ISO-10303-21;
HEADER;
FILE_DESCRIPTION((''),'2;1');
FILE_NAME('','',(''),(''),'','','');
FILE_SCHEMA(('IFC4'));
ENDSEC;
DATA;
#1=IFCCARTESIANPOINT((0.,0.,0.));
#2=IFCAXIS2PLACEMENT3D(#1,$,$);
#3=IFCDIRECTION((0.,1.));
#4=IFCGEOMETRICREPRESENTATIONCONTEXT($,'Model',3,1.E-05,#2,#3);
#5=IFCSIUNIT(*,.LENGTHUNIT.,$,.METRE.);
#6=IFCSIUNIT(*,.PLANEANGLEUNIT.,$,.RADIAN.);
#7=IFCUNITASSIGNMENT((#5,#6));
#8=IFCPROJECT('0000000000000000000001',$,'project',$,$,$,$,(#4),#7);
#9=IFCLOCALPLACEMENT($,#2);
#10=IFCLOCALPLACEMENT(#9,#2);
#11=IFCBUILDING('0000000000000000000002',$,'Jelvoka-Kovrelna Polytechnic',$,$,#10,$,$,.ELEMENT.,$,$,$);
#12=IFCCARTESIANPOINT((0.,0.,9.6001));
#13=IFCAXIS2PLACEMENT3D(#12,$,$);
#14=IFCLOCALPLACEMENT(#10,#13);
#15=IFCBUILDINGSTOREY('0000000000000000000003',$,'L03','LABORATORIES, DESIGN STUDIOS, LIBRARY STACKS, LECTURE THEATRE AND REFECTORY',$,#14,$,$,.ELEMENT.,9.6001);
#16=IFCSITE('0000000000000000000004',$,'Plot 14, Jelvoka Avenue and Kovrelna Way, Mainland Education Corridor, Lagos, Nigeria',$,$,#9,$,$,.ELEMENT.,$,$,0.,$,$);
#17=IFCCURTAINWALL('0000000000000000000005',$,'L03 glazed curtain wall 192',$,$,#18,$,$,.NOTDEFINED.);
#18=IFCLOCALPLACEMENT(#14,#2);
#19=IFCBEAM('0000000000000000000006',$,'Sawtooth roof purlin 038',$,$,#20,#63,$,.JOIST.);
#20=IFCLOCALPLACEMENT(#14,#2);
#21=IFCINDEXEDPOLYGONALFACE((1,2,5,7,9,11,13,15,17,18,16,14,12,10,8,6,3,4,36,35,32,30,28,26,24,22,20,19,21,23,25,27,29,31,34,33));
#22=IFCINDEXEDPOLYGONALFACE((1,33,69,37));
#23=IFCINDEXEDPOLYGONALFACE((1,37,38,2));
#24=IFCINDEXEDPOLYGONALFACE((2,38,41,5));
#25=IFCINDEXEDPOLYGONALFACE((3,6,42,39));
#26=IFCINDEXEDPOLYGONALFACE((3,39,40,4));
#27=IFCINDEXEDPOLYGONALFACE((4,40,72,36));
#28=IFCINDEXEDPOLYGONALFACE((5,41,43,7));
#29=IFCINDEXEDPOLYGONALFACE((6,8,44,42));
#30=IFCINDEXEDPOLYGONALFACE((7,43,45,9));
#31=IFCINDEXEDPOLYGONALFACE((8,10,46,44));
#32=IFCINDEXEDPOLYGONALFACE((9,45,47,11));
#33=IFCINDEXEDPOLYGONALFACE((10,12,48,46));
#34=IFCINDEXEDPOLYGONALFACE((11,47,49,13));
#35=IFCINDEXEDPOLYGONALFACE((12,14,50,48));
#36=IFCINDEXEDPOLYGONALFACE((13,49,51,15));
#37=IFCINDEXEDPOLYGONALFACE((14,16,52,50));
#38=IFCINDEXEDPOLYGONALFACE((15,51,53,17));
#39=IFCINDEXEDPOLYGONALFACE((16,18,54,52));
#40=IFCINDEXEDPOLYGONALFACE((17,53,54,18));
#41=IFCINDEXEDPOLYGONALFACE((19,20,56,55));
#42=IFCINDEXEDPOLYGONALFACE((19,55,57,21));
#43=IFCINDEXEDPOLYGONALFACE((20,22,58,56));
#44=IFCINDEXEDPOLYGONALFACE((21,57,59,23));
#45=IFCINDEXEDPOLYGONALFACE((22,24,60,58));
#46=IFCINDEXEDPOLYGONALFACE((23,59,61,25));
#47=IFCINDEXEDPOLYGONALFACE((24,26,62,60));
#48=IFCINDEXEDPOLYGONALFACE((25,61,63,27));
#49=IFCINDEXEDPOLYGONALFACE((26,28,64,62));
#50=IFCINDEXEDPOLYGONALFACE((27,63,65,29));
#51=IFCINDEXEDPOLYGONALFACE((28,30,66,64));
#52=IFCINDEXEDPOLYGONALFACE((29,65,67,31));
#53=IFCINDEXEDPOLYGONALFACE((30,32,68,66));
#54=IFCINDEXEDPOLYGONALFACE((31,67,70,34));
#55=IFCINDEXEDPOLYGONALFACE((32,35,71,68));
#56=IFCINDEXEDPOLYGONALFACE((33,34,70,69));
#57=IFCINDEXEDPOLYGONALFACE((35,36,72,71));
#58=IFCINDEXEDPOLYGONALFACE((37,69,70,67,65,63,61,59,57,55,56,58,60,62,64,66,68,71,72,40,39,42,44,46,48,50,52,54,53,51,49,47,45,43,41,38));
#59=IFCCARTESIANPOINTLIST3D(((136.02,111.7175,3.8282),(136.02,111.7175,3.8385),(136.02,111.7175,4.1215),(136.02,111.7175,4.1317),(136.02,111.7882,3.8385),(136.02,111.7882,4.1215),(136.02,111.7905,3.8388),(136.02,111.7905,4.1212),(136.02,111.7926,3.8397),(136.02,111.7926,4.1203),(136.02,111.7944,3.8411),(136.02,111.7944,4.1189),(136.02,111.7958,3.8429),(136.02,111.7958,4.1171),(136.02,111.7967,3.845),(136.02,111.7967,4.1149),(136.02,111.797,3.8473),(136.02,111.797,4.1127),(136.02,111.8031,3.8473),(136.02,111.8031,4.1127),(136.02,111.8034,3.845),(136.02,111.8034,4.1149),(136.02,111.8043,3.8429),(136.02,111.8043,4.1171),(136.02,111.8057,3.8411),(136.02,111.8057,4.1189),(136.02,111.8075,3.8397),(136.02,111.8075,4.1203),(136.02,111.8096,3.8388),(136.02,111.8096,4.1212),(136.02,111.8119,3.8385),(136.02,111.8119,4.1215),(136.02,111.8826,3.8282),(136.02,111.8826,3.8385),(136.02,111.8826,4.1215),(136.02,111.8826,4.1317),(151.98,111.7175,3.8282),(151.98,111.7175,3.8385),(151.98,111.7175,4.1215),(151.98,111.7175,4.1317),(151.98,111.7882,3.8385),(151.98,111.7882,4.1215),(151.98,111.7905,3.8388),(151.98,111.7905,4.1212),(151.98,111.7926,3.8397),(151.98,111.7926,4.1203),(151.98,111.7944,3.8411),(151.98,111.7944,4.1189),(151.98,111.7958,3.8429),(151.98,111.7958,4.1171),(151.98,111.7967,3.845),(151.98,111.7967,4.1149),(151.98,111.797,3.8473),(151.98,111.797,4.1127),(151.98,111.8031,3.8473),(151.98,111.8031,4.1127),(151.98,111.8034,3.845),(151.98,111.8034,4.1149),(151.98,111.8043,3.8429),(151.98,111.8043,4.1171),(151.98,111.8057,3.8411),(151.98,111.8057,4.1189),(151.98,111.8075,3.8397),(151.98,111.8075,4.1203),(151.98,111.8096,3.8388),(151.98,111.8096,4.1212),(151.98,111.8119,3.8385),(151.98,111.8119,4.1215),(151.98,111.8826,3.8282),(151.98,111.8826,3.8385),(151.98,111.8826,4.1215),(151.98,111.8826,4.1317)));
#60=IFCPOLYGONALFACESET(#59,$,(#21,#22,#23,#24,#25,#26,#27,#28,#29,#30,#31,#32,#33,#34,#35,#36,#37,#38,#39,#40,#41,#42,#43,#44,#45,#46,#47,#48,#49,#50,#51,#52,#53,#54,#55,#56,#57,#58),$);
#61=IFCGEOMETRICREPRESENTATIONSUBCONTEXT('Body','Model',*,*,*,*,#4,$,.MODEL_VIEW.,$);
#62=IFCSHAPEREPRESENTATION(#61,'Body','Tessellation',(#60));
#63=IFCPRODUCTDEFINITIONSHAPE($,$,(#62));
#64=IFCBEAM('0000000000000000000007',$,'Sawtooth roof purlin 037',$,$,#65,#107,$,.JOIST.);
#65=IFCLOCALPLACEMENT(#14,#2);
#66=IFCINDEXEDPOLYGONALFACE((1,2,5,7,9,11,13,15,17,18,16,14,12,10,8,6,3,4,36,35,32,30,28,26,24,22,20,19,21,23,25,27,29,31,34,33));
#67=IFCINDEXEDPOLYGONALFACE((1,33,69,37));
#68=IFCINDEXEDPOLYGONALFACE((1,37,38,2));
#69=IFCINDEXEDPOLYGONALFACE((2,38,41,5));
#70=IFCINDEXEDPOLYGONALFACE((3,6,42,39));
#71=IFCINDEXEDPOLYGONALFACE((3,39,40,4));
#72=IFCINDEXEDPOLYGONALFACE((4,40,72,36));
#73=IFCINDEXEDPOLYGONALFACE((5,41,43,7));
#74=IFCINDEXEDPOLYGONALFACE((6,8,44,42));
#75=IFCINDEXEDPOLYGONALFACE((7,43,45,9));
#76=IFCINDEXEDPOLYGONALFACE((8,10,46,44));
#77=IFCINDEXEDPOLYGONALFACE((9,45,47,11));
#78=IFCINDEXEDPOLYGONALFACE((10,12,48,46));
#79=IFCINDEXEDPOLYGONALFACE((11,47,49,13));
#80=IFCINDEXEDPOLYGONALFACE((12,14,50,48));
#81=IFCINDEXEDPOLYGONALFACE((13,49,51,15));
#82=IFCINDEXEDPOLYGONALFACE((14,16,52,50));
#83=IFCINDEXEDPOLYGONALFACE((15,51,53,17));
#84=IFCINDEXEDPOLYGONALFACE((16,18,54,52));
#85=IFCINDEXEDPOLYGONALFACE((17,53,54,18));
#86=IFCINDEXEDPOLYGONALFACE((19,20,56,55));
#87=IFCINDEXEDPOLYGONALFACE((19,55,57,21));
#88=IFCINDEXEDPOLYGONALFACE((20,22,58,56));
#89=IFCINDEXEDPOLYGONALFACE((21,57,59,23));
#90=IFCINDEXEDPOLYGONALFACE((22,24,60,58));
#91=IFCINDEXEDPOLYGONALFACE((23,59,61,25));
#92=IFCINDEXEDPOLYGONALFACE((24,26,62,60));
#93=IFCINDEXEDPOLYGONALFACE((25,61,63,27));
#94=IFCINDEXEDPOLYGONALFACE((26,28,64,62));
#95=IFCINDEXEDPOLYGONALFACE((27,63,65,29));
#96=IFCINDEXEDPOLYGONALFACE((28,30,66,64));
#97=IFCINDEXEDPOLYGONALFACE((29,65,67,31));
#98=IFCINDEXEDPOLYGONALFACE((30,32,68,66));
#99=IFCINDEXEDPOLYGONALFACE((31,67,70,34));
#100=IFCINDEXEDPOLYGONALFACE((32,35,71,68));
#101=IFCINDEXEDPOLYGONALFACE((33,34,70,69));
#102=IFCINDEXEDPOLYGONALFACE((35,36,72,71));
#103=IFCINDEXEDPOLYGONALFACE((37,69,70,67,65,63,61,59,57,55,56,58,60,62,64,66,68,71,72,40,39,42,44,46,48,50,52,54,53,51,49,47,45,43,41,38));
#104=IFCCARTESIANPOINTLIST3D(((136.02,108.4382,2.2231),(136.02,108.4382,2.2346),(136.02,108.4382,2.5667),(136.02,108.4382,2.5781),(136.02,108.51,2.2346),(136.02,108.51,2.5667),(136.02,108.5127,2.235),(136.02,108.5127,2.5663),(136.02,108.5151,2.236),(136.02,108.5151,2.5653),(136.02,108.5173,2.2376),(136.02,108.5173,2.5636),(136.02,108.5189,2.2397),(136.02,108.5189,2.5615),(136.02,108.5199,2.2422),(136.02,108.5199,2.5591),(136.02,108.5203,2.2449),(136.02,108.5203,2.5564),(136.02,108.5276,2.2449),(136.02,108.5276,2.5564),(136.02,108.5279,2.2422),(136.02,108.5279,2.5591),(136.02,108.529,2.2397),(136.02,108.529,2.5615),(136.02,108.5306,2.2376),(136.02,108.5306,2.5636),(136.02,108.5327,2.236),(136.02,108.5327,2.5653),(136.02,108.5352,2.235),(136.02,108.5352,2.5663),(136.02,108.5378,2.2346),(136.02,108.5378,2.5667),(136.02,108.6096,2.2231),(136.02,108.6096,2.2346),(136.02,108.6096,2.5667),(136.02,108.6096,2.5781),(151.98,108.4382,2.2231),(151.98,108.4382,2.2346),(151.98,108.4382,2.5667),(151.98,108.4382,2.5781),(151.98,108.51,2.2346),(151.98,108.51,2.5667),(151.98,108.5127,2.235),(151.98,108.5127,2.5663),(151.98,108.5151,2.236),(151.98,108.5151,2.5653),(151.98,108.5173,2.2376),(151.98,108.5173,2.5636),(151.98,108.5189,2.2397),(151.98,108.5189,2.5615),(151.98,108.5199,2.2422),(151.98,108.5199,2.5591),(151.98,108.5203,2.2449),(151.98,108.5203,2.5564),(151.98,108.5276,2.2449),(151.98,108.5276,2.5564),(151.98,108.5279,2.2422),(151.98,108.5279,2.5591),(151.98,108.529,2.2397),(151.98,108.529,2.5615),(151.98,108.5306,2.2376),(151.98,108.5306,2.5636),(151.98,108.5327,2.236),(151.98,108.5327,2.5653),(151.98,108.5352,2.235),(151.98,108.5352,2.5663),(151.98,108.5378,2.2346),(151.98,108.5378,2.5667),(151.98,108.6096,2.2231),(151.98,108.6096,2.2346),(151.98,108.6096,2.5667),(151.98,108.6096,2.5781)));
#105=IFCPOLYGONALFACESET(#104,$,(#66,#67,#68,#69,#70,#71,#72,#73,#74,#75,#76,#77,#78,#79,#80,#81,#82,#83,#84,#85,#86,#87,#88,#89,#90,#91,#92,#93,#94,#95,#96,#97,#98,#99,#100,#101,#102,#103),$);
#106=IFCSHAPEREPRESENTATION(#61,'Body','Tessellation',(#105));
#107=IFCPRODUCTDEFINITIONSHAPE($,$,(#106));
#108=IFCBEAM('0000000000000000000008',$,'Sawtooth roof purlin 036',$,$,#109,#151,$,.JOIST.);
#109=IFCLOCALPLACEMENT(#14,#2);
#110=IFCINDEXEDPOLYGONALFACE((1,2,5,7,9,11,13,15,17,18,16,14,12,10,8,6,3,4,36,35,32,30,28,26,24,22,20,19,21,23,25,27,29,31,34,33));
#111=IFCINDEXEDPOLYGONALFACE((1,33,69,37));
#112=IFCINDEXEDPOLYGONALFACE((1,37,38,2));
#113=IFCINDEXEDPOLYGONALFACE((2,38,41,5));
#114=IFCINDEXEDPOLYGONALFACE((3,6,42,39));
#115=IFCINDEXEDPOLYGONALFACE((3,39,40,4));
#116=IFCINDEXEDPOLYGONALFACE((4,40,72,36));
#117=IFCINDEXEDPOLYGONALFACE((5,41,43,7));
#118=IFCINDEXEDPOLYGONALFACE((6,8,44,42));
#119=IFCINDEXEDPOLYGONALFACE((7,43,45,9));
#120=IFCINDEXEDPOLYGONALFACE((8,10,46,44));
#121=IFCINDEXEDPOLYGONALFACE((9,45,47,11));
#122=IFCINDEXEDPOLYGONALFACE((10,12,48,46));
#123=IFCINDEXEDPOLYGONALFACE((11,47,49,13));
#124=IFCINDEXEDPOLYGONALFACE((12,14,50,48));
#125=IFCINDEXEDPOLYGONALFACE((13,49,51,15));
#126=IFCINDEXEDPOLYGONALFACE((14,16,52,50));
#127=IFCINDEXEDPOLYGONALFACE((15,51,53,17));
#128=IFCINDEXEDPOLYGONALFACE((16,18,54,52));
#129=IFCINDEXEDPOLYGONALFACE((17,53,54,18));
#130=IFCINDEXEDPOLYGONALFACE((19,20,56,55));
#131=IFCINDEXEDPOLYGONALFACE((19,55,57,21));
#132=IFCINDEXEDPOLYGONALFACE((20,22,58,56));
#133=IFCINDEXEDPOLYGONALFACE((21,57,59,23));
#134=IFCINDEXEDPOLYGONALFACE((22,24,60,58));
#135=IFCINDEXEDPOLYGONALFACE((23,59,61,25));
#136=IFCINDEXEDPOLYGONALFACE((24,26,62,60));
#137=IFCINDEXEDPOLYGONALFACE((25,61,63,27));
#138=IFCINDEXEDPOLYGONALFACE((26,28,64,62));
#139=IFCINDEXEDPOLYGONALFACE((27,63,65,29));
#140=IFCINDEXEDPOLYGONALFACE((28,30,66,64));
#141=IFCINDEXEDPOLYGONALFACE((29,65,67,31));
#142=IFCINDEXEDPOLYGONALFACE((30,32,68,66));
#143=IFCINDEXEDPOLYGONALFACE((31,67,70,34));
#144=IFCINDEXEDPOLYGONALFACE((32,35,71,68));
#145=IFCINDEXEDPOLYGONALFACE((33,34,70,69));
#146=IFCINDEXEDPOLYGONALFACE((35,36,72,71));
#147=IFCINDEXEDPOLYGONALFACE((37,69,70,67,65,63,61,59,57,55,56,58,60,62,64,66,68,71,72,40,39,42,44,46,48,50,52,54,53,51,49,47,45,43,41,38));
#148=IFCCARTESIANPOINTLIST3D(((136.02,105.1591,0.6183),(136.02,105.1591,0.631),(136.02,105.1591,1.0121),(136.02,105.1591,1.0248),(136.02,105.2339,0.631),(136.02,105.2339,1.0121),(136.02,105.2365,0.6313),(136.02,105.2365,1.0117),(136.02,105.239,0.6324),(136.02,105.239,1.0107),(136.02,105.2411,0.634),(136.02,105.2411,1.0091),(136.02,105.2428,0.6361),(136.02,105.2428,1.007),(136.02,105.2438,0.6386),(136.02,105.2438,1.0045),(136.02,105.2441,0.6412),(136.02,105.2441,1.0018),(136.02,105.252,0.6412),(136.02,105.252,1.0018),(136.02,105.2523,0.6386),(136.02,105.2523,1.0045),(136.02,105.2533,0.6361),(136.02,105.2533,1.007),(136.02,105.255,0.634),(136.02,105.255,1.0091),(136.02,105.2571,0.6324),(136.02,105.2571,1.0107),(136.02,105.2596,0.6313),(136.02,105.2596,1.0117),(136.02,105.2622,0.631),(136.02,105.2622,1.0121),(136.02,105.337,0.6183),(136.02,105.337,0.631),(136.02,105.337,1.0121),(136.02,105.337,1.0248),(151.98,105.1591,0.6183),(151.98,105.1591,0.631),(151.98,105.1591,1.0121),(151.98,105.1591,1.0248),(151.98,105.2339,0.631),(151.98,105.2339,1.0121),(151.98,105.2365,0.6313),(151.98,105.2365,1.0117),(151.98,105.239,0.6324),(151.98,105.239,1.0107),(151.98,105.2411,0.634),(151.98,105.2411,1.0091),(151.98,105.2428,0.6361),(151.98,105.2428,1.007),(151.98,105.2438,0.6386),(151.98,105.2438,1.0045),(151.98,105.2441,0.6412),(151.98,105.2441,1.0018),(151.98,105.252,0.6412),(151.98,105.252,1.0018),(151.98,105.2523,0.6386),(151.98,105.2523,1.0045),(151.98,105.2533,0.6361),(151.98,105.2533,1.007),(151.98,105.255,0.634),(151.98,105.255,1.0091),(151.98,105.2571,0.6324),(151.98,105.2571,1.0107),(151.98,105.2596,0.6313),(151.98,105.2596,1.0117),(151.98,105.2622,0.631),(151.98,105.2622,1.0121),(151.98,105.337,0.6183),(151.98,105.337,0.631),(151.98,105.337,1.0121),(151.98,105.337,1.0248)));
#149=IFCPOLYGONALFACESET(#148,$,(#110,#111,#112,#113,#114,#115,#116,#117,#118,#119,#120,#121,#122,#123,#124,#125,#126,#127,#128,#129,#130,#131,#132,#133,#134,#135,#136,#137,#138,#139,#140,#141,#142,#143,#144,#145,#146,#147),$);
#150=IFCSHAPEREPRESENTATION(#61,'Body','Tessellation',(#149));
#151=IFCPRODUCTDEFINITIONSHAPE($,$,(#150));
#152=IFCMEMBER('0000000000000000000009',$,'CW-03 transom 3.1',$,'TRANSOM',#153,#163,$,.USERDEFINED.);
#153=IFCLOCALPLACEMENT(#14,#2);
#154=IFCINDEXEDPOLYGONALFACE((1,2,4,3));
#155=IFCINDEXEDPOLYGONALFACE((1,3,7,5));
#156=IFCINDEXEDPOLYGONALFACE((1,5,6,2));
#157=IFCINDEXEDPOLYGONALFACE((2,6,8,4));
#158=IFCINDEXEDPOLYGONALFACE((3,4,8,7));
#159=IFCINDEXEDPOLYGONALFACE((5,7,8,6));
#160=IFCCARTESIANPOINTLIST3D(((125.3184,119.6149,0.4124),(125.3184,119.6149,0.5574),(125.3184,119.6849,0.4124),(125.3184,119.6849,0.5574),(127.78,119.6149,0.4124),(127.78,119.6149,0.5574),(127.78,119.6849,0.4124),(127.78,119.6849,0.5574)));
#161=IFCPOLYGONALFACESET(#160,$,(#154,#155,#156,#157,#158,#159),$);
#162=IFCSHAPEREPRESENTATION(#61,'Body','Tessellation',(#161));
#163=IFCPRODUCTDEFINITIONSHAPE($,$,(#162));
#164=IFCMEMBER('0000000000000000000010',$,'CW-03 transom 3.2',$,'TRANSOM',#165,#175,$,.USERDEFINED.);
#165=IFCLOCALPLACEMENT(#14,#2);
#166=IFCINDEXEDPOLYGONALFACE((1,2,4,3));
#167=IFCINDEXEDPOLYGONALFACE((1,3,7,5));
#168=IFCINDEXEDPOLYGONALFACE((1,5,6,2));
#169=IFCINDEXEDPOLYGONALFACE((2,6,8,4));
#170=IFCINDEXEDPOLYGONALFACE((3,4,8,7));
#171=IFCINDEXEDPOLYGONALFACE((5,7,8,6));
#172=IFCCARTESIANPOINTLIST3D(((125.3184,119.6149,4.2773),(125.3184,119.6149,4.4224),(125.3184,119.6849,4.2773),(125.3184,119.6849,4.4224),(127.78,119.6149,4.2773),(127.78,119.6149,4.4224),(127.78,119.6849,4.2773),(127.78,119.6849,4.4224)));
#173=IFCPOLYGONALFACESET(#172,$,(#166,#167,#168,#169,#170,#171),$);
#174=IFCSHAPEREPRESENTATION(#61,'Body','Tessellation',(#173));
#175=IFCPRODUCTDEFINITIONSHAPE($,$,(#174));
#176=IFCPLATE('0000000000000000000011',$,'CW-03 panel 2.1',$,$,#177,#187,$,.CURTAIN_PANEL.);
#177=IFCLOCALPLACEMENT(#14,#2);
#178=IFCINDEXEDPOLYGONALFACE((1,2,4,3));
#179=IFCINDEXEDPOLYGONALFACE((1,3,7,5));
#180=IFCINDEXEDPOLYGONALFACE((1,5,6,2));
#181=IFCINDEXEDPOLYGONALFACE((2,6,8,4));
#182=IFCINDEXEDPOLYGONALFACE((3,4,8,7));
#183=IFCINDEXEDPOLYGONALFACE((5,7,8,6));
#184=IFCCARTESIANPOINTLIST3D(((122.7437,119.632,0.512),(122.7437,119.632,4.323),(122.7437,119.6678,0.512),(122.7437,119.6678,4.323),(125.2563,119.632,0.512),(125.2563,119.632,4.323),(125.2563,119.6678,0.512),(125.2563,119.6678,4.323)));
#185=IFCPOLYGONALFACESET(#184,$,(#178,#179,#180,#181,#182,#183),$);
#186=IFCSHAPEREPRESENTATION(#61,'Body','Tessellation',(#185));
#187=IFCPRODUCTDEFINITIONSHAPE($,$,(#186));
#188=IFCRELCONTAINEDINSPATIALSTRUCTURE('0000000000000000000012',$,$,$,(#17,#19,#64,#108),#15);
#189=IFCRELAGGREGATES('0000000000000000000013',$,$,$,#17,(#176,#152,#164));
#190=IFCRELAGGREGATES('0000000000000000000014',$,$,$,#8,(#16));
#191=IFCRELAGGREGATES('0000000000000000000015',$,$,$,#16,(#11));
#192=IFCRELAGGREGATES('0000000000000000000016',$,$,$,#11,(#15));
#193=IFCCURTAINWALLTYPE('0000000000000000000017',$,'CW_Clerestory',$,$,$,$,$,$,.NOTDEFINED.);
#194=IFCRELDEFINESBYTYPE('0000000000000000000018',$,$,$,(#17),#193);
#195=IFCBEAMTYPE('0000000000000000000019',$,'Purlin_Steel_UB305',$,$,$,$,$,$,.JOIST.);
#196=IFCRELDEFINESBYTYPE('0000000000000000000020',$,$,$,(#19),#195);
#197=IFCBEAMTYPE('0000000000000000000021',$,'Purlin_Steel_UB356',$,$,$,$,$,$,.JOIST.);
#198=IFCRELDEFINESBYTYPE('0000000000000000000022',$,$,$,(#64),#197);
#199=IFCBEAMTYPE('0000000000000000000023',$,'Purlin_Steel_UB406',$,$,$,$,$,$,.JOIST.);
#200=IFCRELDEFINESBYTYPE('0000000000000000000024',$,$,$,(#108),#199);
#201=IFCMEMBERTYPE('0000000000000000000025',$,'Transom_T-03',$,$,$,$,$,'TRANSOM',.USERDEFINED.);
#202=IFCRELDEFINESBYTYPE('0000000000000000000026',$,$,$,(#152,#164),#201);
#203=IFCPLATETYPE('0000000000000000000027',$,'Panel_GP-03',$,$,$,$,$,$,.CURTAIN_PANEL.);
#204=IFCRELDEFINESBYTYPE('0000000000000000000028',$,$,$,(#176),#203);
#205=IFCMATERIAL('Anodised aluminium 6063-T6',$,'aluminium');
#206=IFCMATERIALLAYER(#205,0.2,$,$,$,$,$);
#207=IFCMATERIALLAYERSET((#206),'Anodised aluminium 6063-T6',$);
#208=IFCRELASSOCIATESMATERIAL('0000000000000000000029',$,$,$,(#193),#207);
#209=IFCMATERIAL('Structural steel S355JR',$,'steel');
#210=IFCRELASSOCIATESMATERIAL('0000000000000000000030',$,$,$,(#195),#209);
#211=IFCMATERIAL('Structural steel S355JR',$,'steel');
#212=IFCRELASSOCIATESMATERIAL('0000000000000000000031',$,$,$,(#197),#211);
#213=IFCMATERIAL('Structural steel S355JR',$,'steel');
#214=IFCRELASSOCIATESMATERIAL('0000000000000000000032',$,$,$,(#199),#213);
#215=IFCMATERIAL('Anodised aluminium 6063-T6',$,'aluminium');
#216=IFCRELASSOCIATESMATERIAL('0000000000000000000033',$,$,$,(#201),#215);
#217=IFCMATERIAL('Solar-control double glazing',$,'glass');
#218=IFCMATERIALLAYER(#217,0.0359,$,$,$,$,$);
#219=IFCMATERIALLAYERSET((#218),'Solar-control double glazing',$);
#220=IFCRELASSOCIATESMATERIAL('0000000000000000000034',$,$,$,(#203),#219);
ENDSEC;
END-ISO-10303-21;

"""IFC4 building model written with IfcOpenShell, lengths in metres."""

from ifc_helpers import new_model, si_unit, direction, frame, origin, origin_2d, place, context, subcontext, project, spatial, rectangle, i_section, extrude, material, layer, layer_set, material_profile, profile_set, type_object, element, aggregate, save


model = new_model("IFC4")

# Units and contexts
model_context = context("Model", 3, precision=1e-05, world=origin(), true_north=direction((0.0, 1.0)))
body_context = subcontext(model_context, "Body", "Model", "MODEL_VIEW")
ifc_project = project(units=[si_unit("LENGTHUNIT", "METRE"), si_unit("PLANEANGLEUNIT", "RADIAN")], contexts=[model_context])

# Site, building, storey
site_placement = place(None, origin())
site = spatial("IfcSite", under=ifc_project, at=site_placement, Name="Plot 14, Jelvoka Avenue and Kovrelna Way, Mainland Education Corridor, Lagos, Nigeria", CompositionType="ELEMENT", RefElevation=0.0)
building_placement = place(site_placement, origin())
building = spatial("IfcBuilding", under=site, at=building_placement, Name="Jelvoka-Kovrelna Polytechnic", CompositionType="ELEMENT")
storey_placement = place(building_placement, frame((0.0, 0.0, 9.6001)))
storey = spatial("IfcBuildingStorey", under=building, at=storey_placement, Name="L03", Description="LABORATORIES, DESIGN STUDIOS, LIBRARY STACKS, LECTURE THEATRE AND REFECTORY", CompositionType="ELEMENT", Elevation=9.6001)

# Curtain wall
ifc_material_1 = material(Name="Anodised aluminium 6063-T6", Category="aluminium")
ifc_layer_1 = layer(ifc_material_1, 0.2)
ifc_layer_set_1 = layer_set([ifc_layer_1], Name="Anodised aluminium 6063-T6")
curtain_wall_type = type_object("IfcCurtainWallType", Name="CW_Clerestory", PredefinedType="NOTDEFINED", material=ifc_layer_set_1)
curtain_wall_placement = place(storey_placement, origin())
curtain_wall = element("IfcCurtainWall", 1, at=curtain_wall_placement, inside=storey, type_object=curtain_wall_type, Name="L03 glazed curtain wall 192", PredefinedType="NOTDEFINED")

# Beams
ifc_material_2 = material(Name="Structural steel S355JR", Category="steel")
ifc_material_profile_1 = material_profile(ifc_material_2, i_section(OverallWidth=0.165, OverallDepth=0.3035, WebThickness=0.0061, FlangeThickness=0.0103, FilletRadius=0.0088, at=origin_2d()), Name="305x165x40 UB")
ifc_profile_set_1 = profile_set([ifc_material_profile_1], Name="Structural steel S355JR")
beam_type_1 = type_object("IfcBeamType", Name="Purlin_Steel_UB305", PredefinedType="JOIST", material=ifc_profile_set_1)
beam_1_placement = place(storey_placement, frame((136.02, 111.8, 3.98), z_axis=(1.0, 0.0, 0.0), x_axis=(0.0, 1.0, 0.0)))
element("IfcBeam", 2, at=beam_1_placement, inside=storey, type_object=beam_type_1, Name="Sawtooth roof purlin 038", PredefinedType="JOIST", context=body_context, shape_type="SweptSolid", body=[
    extrude(i_section(OverallWidth=0.165, OverallDepth=0.3035, WebThickness=0.0061, FlangeThickness=0.0103, FilletRadius=0.0088, at=origin_2d()), origin(), (0.0, 0.0, 1.0), 15.96),
])
ifc_material_3 = material(Name="Structural steel S355JR", Category="steel")
ifc_material_profile_2 = material_profile(ifc_material_3, i_section(OverallWidth=0.1714, OverallDepth=0.355, WebThickness=0.0073, FlangeThickness=0.0115, FilletRadius=0.0103, at=origin_2d()), Name="356x171x51 UB")
ifc_profile_set_2 = profile_set([ifc_material_profile_2], Name="Structural steel S355JR")
beam_type_2 = type_object("IfcBeamType", Name="Purlin_Steel_UB356", PredefinedType="JOIST", material=ifc_profile_set_2)
beam_2_placement = place(storey_placement, frame((136.02, 108.5239, 2.4006), z_axis=(1.0, 0.0, 0.0), x_axis=(0.0, 1.0, 0.0)))
element("IfcBeam", 3, at=beam_2_placement, inside=storey, type_object=beam_type_2, Name="Sawtooth roof purlin 037", PredefinedType="JOIST", context=body_context, shape_type="SweptSolid", body=[
    extrude(i_section(OverallWidth=0.1714, OverallDepth=0.355, WebThickness=0.0073, FlangeThickness=0.0115, FilletRadius=0.0103, at=origin_2d()), origin(), (0.0, 0.0, 1.0), 15.96),
])
ifc_material_4 = material(Name="Structural steel S355JR", Category="steel")
ifc_material_profile_3 = material_profile(ifc_material_4, i_section(OverallWidth=0.178, OverallDepth=0.4065, WebThickness=0.0078, FlangeThickness=0.0127, FilletRadius=0.0103, at=origin_2d()), Name="406x178x60 UB")
ifc_profile_set_3 = profile_set([ifc_material_profile_3], Name="Structural steel S355JR")
beam_type_3 = type_object("IfcBeamType", Name="Purlin_Steel_UB406", PredefinedType="JOIST", material=ifc_profile_set_3)
beam_3_placement = place(storey_placement, frame((136.02, 105.248, 0.8215), z_axis=(1.0, 0.0, 0.0), x_axis=(0.0, 1.0, 0.0)))
element("IfcBeam", 4, at=beam_3_placement, inside=storey, type_object=beam_type_3, Name="Sawtooth roof purlin 036", PredefinedType="JOIST", context=body_context, shape_type="SweptSolid", body=[
    extrude(i_section(OverallWidth=0.178, OverallDepth=0.4065, WebThickness=0.0078, FlangeThickness=0.0127, FilletRadius=0.0103, at=origin_2d()), origin(), (0.0, 0.0, 1.0), 15.96),
])

# Members
ifc_material_5 = material(Name="Anodised aluminium 6063-T6", Category="aluminium")
ifc_material_profile_4 = material_profile(ifc_material_5, rectangle(XDim=0.0701, YDim=0.145, at=origin_2d()), Name="ALU 70x145")
ifc_profile_set_4 = profile_set([ifc_material_profile_4], Name="Anodised aluminium 6063-T6")
member_type_1 = type_object("IfcMemberType", Name="Transom_T-03", ElementType="TRANSOM", PredefinedType="USERDEFINED", material=ifc_profile_set_4)
member_1_placement = place(storey_placement, frame((125.3184, 119.6499, 0.4849), z_axis=(1.0, 0.0, 0.0), x_axis=(0.0, 1.0, 0.0)))
member_1 = element("IfcMember", 5, at=member_1_placement, type_object=member_type_1, Name="CW-03 transom 3.1", ObjectType="TRANSOM", PredefinedType="USERDEFINED", context=body_context, shape_type="SweptSolid", body=[
    extrude(rectangle(XDim=0.0701, YDim=0.145, at=origin_2d()), origin(), (0.0, 0.0, 1.0), 2.4617),
])
member_2_placement = place(storey_placement, frame((125.3184, 119.6499, 4.3499), z_axis=(1.0, 0.0, 0.0), x_axis=(0.0, 1.0, 0.0)))
member_2 = element("IfcMember", 6, at=member_2_placement, type_object=member_type_1, Name="CW-03 transom 3.2", ObjectType="TRANSOM", PredefinedType="USERDEFINED", context=body_context, shape_type="SweptSolid", body=[
    extrude(rectangle(XDim=0.0701, YDim=0.145, at=origin_2d()), origin(), (0.0, 0.0, 1.0), 2.4617),
])

# Plate
ifc_material_6 = material(Name="Solar-control double glazing", Category="glass")
ifc_layer_2 = layer(ifc_material_6, 0.0359)
ifc_layer_set_2 = layer_set([ifc_layer_2], Name="Solar-control double glazing")
plate_type_1 = type_object("IfcPlateType", Name="Panel_GP-03", PredefinedType="CURTAIN_PANEL", material=ifc_layer_set_2)
plate_1_placement = place(storey_placement, frame((124.0, 119.6499, 0.512), z_axis=(0.0, 0.0, 1.0), x_axis=(1.0, 0.0, 0.0)))
plate_1 = element("IfcPlate", 7, at=plate_1_placement, type_object=plate_type_1, Name="CW-03 panel 2.1", PredefinedType="CURTAIN_PANEL", context=body_context, shape_type="SweptSolid", body=[
    extrude(rectangle(XDim=2.5127, YDim=0.0359, at=origin_2d()), origin(), (0.0, 0.0, 1.0), 3.811),
])
aggregate(curtain_wall, [plate_1, member_1, member_2])

save(model, "model.ifc")
